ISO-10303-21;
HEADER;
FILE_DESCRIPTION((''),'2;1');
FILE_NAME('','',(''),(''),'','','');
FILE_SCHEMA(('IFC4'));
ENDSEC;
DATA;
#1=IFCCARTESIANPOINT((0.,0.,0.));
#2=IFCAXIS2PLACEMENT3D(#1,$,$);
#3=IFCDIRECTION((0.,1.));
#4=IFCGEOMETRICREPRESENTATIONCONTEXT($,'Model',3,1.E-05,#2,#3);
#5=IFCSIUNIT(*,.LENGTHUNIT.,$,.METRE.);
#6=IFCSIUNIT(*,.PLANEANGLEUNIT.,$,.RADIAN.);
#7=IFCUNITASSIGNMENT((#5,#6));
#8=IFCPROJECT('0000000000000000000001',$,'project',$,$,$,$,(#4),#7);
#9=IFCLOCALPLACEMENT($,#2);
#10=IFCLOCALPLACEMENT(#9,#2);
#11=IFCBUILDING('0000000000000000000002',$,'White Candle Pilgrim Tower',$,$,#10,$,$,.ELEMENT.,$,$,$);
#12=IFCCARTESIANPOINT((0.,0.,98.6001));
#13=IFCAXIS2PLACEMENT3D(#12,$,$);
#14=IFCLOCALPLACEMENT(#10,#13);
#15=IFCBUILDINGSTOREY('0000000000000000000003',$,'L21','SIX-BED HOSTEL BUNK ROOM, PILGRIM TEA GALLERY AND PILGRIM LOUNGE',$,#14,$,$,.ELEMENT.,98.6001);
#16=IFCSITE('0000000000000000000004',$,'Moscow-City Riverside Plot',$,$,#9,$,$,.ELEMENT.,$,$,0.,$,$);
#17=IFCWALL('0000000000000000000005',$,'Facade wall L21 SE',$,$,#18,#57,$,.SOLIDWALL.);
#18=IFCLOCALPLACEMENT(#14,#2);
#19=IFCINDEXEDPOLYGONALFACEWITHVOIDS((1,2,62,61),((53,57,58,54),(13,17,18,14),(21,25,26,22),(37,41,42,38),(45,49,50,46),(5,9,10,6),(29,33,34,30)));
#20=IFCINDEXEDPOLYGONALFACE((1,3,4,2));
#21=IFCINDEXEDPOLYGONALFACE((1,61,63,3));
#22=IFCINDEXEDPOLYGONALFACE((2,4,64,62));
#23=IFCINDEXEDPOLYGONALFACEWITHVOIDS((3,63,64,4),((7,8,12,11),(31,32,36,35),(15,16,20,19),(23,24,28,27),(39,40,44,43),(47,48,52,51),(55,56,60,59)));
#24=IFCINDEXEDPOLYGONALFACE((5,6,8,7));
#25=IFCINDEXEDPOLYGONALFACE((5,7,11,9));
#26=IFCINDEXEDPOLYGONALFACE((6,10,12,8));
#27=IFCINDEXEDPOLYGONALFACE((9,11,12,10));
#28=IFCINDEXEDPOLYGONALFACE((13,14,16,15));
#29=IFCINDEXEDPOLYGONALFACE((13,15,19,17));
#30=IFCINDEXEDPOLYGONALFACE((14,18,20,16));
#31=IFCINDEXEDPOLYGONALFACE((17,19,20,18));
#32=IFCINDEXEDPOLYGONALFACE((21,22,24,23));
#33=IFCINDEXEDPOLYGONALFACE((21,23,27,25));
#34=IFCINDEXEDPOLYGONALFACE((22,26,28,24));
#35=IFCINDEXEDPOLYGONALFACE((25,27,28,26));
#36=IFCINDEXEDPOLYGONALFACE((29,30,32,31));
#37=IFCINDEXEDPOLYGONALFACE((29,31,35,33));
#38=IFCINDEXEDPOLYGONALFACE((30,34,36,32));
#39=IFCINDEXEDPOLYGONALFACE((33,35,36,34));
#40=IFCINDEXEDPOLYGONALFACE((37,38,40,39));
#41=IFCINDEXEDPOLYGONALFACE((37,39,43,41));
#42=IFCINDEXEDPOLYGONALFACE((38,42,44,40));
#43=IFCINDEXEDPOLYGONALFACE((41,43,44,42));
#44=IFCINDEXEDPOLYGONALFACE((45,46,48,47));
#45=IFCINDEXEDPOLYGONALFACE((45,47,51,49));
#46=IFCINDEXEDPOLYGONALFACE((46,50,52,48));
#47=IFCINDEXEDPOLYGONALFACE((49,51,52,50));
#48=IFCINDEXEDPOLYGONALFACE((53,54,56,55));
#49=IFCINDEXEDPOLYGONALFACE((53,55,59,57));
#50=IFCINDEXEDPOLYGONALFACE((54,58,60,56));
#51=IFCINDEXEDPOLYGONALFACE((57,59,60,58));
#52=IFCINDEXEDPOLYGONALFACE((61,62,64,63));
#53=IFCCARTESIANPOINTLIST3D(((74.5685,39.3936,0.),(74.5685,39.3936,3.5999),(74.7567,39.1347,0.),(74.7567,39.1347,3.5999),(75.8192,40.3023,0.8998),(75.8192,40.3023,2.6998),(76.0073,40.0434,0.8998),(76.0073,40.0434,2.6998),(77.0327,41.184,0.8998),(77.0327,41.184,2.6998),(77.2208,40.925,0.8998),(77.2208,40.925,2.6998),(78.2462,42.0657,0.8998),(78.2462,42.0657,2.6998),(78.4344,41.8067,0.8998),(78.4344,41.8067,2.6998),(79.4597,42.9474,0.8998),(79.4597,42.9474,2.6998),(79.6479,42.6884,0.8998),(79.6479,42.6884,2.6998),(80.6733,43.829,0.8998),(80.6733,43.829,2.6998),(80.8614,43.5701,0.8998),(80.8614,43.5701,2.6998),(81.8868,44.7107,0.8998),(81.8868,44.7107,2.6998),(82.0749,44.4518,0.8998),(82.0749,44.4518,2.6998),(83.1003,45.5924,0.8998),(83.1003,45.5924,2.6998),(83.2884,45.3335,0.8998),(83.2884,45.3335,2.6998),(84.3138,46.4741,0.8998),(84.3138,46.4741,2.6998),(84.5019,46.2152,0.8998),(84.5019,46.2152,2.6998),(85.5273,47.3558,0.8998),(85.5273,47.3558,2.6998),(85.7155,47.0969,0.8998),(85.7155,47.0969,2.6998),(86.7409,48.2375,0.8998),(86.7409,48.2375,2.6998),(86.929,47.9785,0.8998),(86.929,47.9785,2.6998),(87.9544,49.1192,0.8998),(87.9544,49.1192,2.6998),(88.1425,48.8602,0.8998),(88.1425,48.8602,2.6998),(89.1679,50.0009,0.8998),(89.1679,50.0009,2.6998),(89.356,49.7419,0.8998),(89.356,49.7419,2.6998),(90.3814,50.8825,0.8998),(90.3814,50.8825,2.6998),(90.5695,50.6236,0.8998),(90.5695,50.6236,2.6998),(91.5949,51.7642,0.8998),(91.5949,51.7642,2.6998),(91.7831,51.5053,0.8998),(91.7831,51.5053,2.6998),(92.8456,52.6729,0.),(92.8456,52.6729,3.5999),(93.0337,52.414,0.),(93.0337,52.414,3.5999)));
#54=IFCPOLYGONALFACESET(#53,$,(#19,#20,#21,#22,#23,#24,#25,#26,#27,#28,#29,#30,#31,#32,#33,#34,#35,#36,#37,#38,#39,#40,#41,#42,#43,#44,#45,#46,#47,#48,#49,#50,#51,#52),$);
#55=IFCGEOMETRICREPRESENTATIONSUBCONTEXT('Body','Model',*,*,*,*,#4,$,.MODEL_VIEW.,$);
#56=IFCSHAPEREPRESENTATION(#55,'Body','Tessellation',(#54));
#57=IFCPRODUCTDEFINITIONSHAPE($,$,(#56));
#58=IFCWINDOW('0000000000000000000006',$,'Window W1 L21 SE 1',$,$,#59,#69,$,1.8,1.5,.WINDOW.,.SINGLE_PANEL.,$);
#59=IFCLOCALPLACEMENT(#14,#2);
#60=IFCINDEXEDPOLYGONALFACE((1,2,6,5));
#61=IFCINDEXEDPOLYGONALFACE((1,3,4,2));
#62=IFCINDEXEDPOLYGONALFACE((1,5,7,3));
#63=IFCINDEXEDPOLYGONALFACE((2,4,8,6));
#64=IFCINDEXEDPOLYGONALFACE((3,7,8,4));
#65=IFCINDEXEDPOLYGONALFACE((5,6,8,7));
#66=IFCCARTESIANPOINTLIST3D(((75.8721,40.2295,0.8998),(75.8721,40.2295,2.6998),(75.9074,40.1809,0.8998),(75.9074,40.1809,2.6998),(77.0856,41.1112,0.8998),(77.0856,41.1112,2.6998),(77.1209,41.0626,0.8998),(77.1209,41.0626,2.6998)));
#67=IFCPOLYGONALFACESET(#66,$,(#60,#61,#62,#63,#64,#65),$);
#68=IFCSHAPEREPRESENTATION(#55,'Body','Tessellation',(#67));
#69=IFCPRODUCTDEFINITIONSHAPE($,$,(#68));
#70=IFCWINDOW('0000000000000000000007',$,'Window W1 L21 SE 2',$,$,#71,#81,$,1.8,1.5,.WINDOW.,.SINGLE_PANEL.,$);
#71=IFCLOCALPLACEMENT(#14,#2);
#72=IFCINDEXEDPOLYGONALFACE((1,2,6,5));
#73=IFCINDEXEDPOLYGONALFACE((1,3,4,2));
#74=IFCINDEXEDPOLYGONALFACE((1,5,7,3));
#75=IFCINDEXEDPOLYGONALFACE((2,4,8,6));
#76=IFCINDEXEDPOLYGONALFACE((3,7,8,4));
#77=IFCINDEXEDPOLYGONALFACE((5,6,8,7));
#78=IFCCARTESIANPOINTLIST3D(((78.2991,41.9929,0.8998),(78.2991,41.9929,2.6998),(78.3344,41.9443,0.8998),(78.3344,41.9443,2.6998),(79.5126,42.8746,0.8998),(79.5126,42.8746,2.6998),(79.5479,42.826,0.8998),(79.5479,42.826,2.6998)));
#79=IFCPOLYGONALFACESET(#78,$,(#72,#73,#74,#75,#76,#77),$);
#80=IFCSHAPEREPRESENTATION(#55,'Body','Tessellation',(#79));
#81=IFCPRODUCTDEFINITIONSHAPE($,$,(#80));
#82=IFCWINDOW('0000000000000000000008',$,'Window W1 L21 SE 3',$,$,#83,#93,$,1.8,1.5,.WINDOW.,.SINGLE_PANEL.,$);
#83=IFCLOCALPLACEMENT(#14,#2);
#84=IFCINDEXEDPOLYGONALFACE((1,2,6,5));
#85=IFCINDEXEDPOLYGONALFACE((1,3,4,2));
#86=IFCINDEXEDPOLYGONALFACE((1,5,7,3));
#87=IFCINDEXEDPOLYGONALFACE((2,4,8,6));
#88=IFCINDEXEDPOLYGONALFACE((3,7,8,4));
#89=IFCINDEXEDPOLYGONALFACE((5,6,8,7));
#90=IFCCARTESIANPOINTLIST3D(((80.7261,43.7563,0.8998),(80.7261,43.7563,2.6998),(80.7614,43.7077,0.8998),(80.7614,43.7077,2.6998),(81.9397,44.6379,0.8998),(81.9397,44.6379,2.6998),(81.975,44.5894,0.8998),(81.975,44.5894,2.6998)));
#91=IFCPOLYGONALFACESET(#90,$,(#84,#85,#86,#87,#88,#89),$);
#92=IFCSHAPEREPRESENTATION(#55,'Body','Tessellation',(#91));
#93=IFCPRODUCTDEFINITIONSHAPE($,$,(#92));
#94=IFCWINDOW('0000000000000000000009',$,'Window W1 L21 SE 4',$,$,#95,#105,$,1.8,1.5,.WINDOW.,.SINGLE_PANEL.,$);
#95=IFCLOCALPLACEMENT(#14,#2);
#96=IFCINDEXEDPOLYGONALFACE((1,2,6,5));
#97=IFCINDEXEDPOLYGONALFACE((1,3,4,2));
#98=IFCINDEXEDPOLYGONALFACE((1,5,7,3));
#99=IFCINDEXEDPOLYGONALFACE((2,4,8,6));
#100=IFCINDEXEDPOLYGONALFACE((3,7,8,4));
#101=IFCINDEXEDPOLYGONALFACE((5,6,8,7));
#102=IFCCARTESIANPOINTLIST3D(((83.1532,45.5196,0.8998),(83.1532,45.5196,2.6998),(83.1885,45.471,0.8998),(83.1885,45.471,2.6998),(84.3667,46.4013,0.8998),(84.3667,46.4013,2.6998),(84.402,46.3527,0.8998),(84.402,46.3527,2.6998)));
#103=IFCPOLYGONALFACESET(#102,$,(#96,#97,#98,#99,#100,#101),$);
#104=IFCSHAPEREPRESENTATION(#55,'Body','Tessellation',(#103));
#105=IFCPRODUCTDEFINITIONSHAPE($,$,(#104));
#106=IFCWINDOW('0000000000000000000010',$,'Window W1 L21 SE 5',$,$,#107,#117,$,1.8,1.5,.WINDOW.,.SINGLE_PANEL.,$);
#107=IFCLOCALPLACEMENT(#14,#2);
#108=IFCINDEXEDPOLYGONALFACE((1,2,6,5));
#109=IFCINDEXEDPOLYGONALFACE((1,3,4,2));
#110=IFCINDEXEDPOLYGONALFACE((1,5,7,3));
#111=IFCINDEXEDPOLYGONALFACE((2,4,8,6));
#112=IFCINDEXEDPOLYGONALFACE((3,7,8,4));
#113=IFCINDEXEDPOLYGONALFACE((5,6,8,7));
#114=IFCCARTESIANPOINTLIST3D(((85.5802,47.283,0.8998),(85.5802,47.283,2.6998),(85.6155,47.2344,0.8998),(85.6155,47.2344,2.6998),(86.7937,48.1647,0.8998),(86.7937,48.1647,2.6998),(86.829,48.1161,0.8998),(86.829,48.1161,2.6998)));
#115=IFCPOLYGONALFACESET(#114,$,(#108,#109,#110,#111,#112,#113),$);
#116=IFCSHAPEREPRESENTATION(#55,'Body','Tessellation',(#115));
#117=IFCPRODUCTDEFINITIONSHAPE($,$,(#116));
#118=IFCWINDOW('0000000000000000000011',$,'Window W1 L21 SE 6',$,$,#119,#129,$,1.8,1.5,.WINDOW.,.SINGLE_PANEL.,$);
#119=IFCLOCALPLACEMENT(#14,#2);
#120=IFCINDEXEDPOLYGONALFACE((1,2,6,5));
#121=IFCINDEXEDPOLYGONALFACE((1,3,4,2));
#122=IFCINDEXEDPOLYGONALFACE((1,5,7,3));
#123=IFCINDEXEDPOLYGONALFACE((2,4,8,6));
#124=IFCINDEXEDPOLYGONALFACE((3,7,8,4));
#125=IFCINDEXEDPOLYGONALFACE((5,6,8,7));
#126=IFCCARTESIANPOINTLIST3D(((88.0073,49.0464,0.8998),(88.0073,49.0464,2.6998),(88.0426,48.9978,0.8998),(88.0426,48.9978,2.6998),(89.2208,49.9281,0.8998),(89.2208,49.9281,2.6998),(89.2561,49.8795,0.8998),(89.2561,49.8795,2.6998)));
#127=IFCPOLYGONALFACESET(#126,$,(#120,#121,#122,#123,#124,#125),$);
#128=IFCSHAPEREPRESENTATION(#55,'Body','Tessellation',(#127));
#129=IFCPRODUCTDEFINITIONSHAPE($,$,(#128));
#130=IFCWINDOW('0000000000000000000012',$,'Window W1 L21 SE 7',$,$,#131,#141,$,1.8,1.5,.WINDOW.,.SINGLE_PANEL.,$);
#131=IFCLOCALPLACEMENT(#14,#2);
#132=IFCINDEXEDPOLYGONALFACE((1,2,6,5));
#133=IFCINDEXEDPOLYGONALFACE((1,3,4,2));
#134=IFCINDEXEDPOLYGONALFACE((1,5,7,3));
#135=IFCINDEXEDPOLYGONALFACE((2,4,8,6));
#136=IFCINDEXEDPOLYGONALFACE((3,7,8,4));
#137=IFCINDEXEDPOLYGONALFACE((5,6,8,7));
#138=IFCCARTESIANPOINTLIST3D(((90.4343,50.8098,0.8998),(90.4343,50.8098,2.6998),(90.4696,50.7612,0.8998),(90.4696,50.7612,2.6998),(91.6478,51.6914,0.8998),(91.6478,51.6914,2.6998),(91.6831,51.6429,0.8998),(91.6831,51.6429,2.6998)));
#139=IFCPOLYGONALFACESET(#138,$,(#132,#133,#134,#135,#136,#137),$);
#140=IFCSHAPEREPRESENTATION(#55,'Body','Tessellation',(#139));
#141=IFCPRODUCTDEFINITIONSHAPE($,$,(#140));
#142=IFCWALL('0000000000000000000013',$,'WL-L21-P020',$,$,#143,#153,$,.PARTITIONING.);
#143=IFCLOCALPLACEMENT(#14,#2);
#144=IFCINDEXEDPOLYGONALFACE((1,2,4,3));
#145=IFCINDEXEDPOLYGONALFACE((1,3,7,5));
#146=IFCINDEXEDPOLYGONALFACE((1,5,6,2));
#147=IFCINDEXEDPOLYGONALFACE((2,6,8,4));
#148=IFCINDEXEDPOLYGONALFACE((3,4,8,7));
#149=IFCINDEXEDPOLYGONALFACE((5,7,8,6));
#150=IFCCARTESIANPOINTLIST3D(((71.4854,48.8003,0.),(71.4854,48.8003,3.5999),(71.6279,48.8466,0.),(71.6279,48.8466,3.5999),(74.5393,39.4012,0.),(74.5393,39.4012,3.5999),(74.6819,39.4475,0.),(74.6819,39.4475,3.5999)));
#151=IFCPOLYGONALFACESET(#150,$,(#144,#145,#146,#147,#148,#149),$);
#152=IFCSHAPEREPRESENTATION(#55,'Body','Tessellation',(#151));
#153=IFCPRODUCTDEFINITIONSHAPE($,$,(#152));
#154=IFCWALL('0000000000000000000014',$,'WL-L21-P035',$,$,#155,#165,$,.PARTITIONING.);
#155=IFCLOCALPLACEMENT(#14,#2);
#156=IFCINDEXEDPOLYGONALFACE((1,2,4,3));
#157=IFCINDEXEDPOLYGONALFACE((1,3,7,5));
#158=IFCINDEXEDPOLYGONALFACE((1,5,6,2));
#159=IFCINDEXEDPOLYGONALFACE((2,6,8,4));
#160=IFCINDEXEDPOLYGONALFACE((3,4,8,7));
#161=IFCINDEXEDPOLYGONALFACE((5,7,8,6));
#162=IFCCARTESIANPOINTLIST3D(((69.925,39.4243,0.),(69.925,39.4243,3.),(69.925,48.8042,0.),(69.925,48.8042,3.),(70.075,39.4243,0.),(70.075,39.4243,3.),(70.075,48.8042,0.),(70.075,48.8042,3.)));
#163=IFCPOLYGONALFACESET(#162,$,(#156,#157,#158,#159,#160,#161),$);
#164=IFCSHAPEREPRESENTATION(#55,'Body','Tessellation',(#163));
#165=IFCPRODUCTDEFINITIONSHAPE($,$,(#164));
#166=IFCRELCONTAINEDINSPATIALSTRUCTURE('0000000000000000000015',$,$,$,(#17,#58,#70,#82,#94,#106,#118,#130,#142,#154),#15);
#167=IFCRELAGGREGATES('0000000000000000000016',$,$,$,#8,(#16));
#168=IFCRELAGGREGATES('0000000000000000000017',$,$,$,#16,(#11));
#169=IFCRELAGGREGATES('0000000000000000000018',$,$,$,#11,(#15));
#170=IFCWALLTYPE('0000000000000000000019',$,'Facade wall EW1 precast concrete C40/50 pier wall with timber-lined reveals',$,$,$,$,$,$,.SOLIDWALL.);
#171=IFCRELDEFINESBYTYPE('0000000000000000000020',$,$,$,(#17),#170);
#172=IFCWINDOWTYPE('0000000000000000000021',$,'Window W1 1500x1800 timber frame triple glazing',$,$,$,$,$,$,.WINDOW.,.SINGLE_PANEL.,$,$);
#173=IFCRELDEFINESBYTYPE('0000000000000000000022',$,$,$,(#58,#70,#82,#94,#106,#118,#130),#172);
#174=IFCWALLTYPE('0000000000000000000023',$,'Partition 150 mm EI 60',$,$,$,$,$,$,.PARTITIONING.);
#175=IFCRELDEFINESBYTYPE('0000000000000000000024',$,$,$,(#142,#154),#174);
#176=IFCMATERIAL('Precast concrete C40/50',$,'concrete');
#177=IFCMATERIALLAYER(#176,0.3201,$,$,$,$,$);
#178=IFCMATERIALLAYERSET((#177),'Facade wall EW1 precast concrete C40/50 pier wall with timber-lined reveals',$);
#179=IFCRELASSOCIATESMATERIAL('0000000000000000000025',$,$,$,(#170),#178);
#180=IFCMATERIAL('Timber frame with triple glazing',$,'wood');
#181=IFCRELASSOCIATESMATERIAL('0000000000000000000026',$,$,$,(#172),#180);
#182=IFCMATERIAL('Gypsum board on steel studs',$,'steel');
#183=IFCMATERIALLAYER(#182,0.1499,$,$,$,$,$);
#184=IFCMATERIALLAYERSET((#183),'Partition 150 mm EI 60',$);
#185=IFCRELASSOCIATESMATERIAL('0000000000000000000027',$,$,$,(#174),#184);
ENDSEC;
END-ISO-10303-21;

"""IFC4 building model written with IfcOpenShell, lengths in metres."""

from ifc_helpers import new_model, si_unit, direction, frame, frame_2d, origin, place, context, subcontext, project, spatial, rectangle, extrude, material, layer, layer_set, type_object, element, fill, save


model = new_model("IFC4")

# Units and contexts
model_context = context("Model", 3, precision=1e-05, world=origin(), true_north=direction((0.0, 1.0)))
body_context = subcontext(model_context, "Body", "Model", "MODEL_VIEW")
ifc_project = project(units=[si_unit("LENGTHUNIT", "METRE"), si_unit("PLANEANGLEUNIT", "RADIAN")], contexts=[model_context])

# Site, building, storey
site_placement = place(None, origin())
site = spatial("IfcSite", under=ifc_project, at=site_placement, Name="Moscow-City Riverside Plot", CompositionType="ELEMENT", RefElevation=0.0)
building_placement = place(site_placement, origin())
building = spatial("IfcBuilding", under=site, at=building_placement, Name="White Candle Pilgrim Tower", CompositionType="ELEMENT")
storey_placement = place(building_placement, frame((0.0, 0.0, 98.6001)))
storey = spatial("IfcBuildingStorey", under=building, at=storey_placement, Name="L21", Description="SIX-BED HOSTEL BUNK ROOM, PILGRIM TEA GALLERY AND PILGRIM LOUNGE", CompositionType="ELEMENT", Elevation=98.6001)

# Shared definitions
ifc_material_1 = material(Name="Gypsum board on steel studs", Category="steel")

# Wall, openings, windows
ifc_material_2 = material(Name="Precast concrete C40/50", Category="concrete")
ifc_layer_1 = layer(ifc_material_2, 0.3201)
ifc_layer_set_1 = layer_set([ifc_layer_1], Name="Facade wall EW1 precast concrete C40/50 pier wall with timber-lined reveals")
wall_type_1 = type_object("IfcWallType", Name="Facade wall EW1 precast concrete C40/50 pier wall with timber-lined reveals", PredefinedType="SOLIDWALL", material=ifc_layer_set_1)
wall_1_placement = place(storey_placement, frame((74.6626, 39.2642, 0.0), z_axis=(0.0, 0.0, 1.0), x_axis=(0.809013, 0.587791, 0.0)))
wall_1 = element("IfcWall", 1, at=wall_1_placement, inside=storey, type_object=wall_type_1, Name="Facade wall L21 SE", PredefinedType="SOLIDWALL", context=body_context, shape_type="SweptSolid", body=[
    extrude(rectangle(XDim=22.5918, YDim=0.3201, at=frame_2d((11.2959, 0.0))), origin(), (0.0, 0.0, 1.0), 3.5999),
])
opening_1_placement = place(wall_1_placement, frame((1.5459, 0.0, 0.8999)))
opening_1 = element("IfcOpeningElement", 2, at=opening_1_placement, cuts=wall_1, PredefinedType="OPENING", context=body_context, shape_type="SweptSolid", body=[
    extrude(rectangle(XDim=1.5, YDim=1.8, at=frame_2d((0.75, 0.8999))), frame((0.0, 0.1699, 0.0), z_axis=(0.0, -1.0, 0.0), x_axis=(1.0, 0.0, 0.0)), (0.0, 0.0, 1.0), 0.3401),
])
opening_2_placement = place(wall_1_placement, frame((4.5459, 0.0, 0.8999)))
opening_2 = element("IfcOpeningElement", 3, at=opening_2_placement, cuts=wall_1, PredefinedType="OPENING", context=body_context, shape_type="SweptSolid", body=[
    extrude(rectangle(XDim=1.5, YDim=1.8, at=frame_2d((0.75, 0.8999))), frame((0.0, 0.1699, 0.0), z_axis=(0.0, -1.0, 0.0), x_axis=(1.0, 0.0, 0.0)), (0.0, 0.0, 1.0), 0.3401),
])
opening_3_placement = place(wall_1_placement, frame((7.5459, 0.0, 0.8999)))
opening_3 = element("IfcOpeningElement", 4, at=opening_3_placement, cuts=wall_1, PredefinedType="OPENING", context=body_context, shape_type="SweptSolid", body=[
    extrude(rectangle(XDim=1.5, YDim=1.8, at=frame_2d((0.75, 0.8999))), frame((0.0, 0.1699, 0.0), z_axis=(0.0, -1.0, 0.0), x_axis=(1.0, 0.0, 0.0)), (0.0, 0.0, 1.0), 0.3401),
])
opening_4_placement = place(wall_1_placement, frame((10.5459, 0.0, 0.8999)))
opening_4 = element("IfcOpeningElement", 5, at=opening_4_placement, cuts=wall_1, PredefinedType="OPENING", context=body_context, shape_type="SweptSolid", body=[
    extrude(rectangle(XDim=1.5, YDim=1.8, at=frame_2d((0.75, 0.8999))), frame((0.0, 0.1699, 0.0), z_axis=(0.0, -1.0, 0.0), x_axis=(1.0, 0.0, 0.0)), (0.0, 0.0, 1.0), 0.3401),
])
opening_5_placement = place(wall_1_placement, frame((13.5459, 0.0, 0.8999)))
opening_5 = element("IfcOpeningElement", 6, at=opening_5_placement, cuts=wall_1, PredefinedType="OPENING", context=body_context, shape_type="SweptSolid", body=[
    extrude(rectangle(XDim=1.5, YDim=1.8, at=frame_2d((0.75, 0.8999))), frame((0.0, 0.1699, 0.0), z_axis=(0.0, -1.0, 0.0), x_axis=(1.0, 0.0, 0.0)), (0.0, 0.0, 1.0), 0.3401),
])
opening_6_placement = place(wall_1_placement, frame((16.5459, 0.0, 0.8999)))
opening_6 = element("IfcOpeningElement", 7, at=opening_6_placement, cuts=wall_1, PredefinedType="OPENING", context=body_context, shape_type="SweptSolid", body=[
    extrude(rectangle(XDim=1.5, YDim=1.8, at=frame_2d((0.75, 0.8999))), frame((0.0, 0.1699, 0.0), z_axis=(0.0, -1.0, 0.0), x_axis=(1.0, 0.0, 0.0)), (0.0, 0.0, 1.0), 0.3401),
])
opening_7_placement = place(wall_1_placement, frame((19.5459, 0.0, 0.8999)))
opening_7 = element("IfcOpeningElement", 8, at=opening_7_placement, cuts=wall_1, PredefinedType="OPENING", context=body_context, shape_type="SweptSolid", body=[
    extrude(rectangle(XDim=1.5, YDim=1.8, at=frame_2d((0.75, 0.8999))), frame((0.0, 0.1699, 0.0), z_axis=(0.0, -1.0, 0.0), x_axis=(1.0, 0.0, 0.0)), (0.0, 0.0, 1.0), 0.3401),
])
ifc_material_3 = material(Name="Timber frame with triple glazing", Category="wood")
window_type = type_object("IfcWindowType", Name="Window W1 1500x1800 timber frame triple glazing", PartitioningType="SINGLE_PANEL", PredefinedType="WINDOW", material=ifc_material_3)
window_1_placement = place(opening_1_placement, origin())
window_1 = element("IfcWindow", 9, at=window_1_placement, inside=storey, type_object=window_type, Name="Window W1 L21 SE 1", OverallHeight=1.8, OverallWidth=1.5, PartitioningType="SINGLE_PANEL", PredefinedType="WINDOW", context=body_context, shape_type="SweptSolid", body=[
    extrude(rectangle(XDim=1.5, YDim=1.8, at=frame_2d((0.75, 0.8999))), frame((0.0, 0.0701, 0.0), z_axis=(0.0, -1.0, 0.0), x_axis=(1.0, 0.0, 0.0)), (0.0, 0.0, 1.0), 0.0601),
])
fill(opening_1, window_1)
window_2_placement = place(opening_2_placement, origin())
window_2 = element("IfcWindow", 10, at=window_2_placement, inside=storey, type_object=window_type, Name="Window W1 L21 SE 2", OverallHeight=1.8, OverallWidth=1.5, PartitioningType="SINGLE_PANEL", PredefinedType="WINDOW", context=body_context, shape_type="SweptSolid", body=[
    extrude(rectangle(XDim=1.5, YDim=1.8, at=frame_2d((0.75, 0.8999))), frame((0.0, 0.0701, 0.0), z_axis=(0.0, -1.0, 0.0), x_axis=(1.0, 0.0, 0.0)), (0.0, 0.0, 1.0), 0.0601),
])
fill(opening_2, window_2)
window_3_placement = place(opening_3_placement, origin())
window_3 = element("IfcWindow", 11, at=window_3_placement, inside=storey, type_object=window_type, Name="Window W1 L21 SE 3", OverallHeight=1.8, OverallWidth=1.5, PartitioningType="SINGLE_PANEL", PredefinedType="WINDOW", context=body_context, shape_type="SweptSolid", body=[
    extrude(rectangle(XDim=1.5, YDim=1.8, at=frame_2d((0.75, 0.8999))), frame((0.0, 0.0701, 0.0), z_axis=(0.0, -1.0, 0.0), x_axis=(1.0, 0.0, 0.0)), (0.0, 0.0, 1.0), 0.0601),
])
fill(opening_3, window_3)
window_4_placement = place(opening_4_placement, origin())
window_4 = element("IfcWindow", 12, at=window_4_placement, inside=storey, type_object=window_type, Name="Window W1 L21 SE 4", OverallHeight=1.8, OverallWidth=1.5, PartitioningType="SINGLE_PANEL", PredefinedType="WINDOW", context=body_context, shape_type="SweptSolid", body=[
    extrude(rectangle(XDim=1.5, YDim=1.8, at=frame_2d((0.75, 0.8999))), frame((0.0, 0.0701, 0.0), z_axis=(0.0, -1.0, 0.0), x_axis=(1.0, 0.0, 0.0)), (0.0, 0.0, 1.0), 0.0601),
])
fill(opening_4, window_4)
window_5_placement = place(opening_5_placement, origin())
window_5 = element("IfcWindow", 13, at=window_5_placement, inside=storey, type_object=window_type, Name="Window W1 L21 SE 5", OverallHeight=1.8, OverallWidth=1.5, PartitioningType="SINGLE_PANEL", PredefinedType="WINDOW", context=body_context, shape_type="SweptSolid", body=[
    extrude(rectangle(XDim=1.5, YDim=1.8, at=frame_2d((0.75, 0.8999))), frame((0.0, 0.0701, 0.0), z_axis=(0.0, -1.0, 0.0), x_axis=(1.0, 0.0, 0.0)), (0.0, 0.0, 1.0), 0.0601),
])
fill(opening_5, window_5)
window_6_placement = place(opening_6_placement, origin())
window_6 = element("IfcWindow", 14, at=window_6_placement, inside=storey, type_object=window_type, Name="Window W1 L21 SE 6", OverallHeight=1.8, OverallWidth=1.5, PartitioningType="SINGLE_PANEL", PredefinedType="WINDOW", context=body_context, shape_type="SweptSolid", body=[
    extrude(rectangle(XDim=1.5, YDim=1.8, at=frame_2d((0.75, 0.8999))), frame((0.0, 0.0701, 0.0), z_axis=(0.0, -1.0, 0.0), x_axis=(1.0, 0.0, 0.0)), (0.0, 0.0, 1.0), 0.0601),
])
fill(opening_6, window_6)
window_7_placement = place(opening_7_placement, origin())
window_7 = element("IfcWindow", 15, at=window_7_placement, inside=storey, type_object=window_type, Name="Window W1 L21 SE 7", OverallHeight=1.8, OverallWidth=1.5, PartitioningType="SINGLE_PANEL", PredefinedType="WINDOW", context=body_context, shape_type="SweptSolid", body=[
    extrude(rectangle(XDim=1.5, YDim=1.8, at=frame_2d((0.75, 0.8999))), frame((0.0, 0.0701, 0.0), z_axis=(0.0, -1.0, 0.0), x_axis=(1.0, 0.0, 0.0)), (0.0, 0.0, 1.0), 0.0601),
])
fill(opening_7, window_7)

# Walls
ifc_layer_2 = layer(ifc_material_1, 0.1499)
ifc_layer_set_2 = layer_set([ifc_layer_2], Name="Partition 150 mm EI 60")
wall_type_2 = type_object("IfcWallType", Name="Partition 150 mm EI 60", PredefinedType="PARTITIONING", material=ifc_layer_set_2)
wall_2_placement = place(storey_placement, frame((74.6106, 39.4243, 0.0), z_axis=(0.0, 0.0, 1.0), x_axis=(-0.309015, 0.951057, 0.0)))
element("IfcWall", 16, at=wall_2_placement, inside=storey, type_object=wall_type_2, Name="WL-L21-P020", PredefinedType="PARTITIONING", context=body_context, shape_type="SweptSolid", body=[
    extrude(rectangle(XDim=9.8828, YDim=0.1499, at=frame_2d((4.9414, 0.0))), origin(), (0.0, 0.0, 1.0), 3.5999),
])
wall_3_placement = place(storey_placement, frame((70.0, 39.4243, 0.0), z_axis=(0.0, 0.0, 1.0), x_axis=(0.0, 1.0, 0.0)))
element("IfcWall", 17, at=wall_3_placement, inside=storey, type_object=wall_type_2, Name="WL-L21-P035", PredefinedType="PARTITIONING", context=body_context, shape_type="SweptSolid", body=[
    extrude(rectangle(XDim=9.3799, YDim=0.1499, at=frame_2d((4.6899, 0.0))), origin(), (0.0, 0.0, 1.0), 3.0),
])

save(model, "model.ifc")
